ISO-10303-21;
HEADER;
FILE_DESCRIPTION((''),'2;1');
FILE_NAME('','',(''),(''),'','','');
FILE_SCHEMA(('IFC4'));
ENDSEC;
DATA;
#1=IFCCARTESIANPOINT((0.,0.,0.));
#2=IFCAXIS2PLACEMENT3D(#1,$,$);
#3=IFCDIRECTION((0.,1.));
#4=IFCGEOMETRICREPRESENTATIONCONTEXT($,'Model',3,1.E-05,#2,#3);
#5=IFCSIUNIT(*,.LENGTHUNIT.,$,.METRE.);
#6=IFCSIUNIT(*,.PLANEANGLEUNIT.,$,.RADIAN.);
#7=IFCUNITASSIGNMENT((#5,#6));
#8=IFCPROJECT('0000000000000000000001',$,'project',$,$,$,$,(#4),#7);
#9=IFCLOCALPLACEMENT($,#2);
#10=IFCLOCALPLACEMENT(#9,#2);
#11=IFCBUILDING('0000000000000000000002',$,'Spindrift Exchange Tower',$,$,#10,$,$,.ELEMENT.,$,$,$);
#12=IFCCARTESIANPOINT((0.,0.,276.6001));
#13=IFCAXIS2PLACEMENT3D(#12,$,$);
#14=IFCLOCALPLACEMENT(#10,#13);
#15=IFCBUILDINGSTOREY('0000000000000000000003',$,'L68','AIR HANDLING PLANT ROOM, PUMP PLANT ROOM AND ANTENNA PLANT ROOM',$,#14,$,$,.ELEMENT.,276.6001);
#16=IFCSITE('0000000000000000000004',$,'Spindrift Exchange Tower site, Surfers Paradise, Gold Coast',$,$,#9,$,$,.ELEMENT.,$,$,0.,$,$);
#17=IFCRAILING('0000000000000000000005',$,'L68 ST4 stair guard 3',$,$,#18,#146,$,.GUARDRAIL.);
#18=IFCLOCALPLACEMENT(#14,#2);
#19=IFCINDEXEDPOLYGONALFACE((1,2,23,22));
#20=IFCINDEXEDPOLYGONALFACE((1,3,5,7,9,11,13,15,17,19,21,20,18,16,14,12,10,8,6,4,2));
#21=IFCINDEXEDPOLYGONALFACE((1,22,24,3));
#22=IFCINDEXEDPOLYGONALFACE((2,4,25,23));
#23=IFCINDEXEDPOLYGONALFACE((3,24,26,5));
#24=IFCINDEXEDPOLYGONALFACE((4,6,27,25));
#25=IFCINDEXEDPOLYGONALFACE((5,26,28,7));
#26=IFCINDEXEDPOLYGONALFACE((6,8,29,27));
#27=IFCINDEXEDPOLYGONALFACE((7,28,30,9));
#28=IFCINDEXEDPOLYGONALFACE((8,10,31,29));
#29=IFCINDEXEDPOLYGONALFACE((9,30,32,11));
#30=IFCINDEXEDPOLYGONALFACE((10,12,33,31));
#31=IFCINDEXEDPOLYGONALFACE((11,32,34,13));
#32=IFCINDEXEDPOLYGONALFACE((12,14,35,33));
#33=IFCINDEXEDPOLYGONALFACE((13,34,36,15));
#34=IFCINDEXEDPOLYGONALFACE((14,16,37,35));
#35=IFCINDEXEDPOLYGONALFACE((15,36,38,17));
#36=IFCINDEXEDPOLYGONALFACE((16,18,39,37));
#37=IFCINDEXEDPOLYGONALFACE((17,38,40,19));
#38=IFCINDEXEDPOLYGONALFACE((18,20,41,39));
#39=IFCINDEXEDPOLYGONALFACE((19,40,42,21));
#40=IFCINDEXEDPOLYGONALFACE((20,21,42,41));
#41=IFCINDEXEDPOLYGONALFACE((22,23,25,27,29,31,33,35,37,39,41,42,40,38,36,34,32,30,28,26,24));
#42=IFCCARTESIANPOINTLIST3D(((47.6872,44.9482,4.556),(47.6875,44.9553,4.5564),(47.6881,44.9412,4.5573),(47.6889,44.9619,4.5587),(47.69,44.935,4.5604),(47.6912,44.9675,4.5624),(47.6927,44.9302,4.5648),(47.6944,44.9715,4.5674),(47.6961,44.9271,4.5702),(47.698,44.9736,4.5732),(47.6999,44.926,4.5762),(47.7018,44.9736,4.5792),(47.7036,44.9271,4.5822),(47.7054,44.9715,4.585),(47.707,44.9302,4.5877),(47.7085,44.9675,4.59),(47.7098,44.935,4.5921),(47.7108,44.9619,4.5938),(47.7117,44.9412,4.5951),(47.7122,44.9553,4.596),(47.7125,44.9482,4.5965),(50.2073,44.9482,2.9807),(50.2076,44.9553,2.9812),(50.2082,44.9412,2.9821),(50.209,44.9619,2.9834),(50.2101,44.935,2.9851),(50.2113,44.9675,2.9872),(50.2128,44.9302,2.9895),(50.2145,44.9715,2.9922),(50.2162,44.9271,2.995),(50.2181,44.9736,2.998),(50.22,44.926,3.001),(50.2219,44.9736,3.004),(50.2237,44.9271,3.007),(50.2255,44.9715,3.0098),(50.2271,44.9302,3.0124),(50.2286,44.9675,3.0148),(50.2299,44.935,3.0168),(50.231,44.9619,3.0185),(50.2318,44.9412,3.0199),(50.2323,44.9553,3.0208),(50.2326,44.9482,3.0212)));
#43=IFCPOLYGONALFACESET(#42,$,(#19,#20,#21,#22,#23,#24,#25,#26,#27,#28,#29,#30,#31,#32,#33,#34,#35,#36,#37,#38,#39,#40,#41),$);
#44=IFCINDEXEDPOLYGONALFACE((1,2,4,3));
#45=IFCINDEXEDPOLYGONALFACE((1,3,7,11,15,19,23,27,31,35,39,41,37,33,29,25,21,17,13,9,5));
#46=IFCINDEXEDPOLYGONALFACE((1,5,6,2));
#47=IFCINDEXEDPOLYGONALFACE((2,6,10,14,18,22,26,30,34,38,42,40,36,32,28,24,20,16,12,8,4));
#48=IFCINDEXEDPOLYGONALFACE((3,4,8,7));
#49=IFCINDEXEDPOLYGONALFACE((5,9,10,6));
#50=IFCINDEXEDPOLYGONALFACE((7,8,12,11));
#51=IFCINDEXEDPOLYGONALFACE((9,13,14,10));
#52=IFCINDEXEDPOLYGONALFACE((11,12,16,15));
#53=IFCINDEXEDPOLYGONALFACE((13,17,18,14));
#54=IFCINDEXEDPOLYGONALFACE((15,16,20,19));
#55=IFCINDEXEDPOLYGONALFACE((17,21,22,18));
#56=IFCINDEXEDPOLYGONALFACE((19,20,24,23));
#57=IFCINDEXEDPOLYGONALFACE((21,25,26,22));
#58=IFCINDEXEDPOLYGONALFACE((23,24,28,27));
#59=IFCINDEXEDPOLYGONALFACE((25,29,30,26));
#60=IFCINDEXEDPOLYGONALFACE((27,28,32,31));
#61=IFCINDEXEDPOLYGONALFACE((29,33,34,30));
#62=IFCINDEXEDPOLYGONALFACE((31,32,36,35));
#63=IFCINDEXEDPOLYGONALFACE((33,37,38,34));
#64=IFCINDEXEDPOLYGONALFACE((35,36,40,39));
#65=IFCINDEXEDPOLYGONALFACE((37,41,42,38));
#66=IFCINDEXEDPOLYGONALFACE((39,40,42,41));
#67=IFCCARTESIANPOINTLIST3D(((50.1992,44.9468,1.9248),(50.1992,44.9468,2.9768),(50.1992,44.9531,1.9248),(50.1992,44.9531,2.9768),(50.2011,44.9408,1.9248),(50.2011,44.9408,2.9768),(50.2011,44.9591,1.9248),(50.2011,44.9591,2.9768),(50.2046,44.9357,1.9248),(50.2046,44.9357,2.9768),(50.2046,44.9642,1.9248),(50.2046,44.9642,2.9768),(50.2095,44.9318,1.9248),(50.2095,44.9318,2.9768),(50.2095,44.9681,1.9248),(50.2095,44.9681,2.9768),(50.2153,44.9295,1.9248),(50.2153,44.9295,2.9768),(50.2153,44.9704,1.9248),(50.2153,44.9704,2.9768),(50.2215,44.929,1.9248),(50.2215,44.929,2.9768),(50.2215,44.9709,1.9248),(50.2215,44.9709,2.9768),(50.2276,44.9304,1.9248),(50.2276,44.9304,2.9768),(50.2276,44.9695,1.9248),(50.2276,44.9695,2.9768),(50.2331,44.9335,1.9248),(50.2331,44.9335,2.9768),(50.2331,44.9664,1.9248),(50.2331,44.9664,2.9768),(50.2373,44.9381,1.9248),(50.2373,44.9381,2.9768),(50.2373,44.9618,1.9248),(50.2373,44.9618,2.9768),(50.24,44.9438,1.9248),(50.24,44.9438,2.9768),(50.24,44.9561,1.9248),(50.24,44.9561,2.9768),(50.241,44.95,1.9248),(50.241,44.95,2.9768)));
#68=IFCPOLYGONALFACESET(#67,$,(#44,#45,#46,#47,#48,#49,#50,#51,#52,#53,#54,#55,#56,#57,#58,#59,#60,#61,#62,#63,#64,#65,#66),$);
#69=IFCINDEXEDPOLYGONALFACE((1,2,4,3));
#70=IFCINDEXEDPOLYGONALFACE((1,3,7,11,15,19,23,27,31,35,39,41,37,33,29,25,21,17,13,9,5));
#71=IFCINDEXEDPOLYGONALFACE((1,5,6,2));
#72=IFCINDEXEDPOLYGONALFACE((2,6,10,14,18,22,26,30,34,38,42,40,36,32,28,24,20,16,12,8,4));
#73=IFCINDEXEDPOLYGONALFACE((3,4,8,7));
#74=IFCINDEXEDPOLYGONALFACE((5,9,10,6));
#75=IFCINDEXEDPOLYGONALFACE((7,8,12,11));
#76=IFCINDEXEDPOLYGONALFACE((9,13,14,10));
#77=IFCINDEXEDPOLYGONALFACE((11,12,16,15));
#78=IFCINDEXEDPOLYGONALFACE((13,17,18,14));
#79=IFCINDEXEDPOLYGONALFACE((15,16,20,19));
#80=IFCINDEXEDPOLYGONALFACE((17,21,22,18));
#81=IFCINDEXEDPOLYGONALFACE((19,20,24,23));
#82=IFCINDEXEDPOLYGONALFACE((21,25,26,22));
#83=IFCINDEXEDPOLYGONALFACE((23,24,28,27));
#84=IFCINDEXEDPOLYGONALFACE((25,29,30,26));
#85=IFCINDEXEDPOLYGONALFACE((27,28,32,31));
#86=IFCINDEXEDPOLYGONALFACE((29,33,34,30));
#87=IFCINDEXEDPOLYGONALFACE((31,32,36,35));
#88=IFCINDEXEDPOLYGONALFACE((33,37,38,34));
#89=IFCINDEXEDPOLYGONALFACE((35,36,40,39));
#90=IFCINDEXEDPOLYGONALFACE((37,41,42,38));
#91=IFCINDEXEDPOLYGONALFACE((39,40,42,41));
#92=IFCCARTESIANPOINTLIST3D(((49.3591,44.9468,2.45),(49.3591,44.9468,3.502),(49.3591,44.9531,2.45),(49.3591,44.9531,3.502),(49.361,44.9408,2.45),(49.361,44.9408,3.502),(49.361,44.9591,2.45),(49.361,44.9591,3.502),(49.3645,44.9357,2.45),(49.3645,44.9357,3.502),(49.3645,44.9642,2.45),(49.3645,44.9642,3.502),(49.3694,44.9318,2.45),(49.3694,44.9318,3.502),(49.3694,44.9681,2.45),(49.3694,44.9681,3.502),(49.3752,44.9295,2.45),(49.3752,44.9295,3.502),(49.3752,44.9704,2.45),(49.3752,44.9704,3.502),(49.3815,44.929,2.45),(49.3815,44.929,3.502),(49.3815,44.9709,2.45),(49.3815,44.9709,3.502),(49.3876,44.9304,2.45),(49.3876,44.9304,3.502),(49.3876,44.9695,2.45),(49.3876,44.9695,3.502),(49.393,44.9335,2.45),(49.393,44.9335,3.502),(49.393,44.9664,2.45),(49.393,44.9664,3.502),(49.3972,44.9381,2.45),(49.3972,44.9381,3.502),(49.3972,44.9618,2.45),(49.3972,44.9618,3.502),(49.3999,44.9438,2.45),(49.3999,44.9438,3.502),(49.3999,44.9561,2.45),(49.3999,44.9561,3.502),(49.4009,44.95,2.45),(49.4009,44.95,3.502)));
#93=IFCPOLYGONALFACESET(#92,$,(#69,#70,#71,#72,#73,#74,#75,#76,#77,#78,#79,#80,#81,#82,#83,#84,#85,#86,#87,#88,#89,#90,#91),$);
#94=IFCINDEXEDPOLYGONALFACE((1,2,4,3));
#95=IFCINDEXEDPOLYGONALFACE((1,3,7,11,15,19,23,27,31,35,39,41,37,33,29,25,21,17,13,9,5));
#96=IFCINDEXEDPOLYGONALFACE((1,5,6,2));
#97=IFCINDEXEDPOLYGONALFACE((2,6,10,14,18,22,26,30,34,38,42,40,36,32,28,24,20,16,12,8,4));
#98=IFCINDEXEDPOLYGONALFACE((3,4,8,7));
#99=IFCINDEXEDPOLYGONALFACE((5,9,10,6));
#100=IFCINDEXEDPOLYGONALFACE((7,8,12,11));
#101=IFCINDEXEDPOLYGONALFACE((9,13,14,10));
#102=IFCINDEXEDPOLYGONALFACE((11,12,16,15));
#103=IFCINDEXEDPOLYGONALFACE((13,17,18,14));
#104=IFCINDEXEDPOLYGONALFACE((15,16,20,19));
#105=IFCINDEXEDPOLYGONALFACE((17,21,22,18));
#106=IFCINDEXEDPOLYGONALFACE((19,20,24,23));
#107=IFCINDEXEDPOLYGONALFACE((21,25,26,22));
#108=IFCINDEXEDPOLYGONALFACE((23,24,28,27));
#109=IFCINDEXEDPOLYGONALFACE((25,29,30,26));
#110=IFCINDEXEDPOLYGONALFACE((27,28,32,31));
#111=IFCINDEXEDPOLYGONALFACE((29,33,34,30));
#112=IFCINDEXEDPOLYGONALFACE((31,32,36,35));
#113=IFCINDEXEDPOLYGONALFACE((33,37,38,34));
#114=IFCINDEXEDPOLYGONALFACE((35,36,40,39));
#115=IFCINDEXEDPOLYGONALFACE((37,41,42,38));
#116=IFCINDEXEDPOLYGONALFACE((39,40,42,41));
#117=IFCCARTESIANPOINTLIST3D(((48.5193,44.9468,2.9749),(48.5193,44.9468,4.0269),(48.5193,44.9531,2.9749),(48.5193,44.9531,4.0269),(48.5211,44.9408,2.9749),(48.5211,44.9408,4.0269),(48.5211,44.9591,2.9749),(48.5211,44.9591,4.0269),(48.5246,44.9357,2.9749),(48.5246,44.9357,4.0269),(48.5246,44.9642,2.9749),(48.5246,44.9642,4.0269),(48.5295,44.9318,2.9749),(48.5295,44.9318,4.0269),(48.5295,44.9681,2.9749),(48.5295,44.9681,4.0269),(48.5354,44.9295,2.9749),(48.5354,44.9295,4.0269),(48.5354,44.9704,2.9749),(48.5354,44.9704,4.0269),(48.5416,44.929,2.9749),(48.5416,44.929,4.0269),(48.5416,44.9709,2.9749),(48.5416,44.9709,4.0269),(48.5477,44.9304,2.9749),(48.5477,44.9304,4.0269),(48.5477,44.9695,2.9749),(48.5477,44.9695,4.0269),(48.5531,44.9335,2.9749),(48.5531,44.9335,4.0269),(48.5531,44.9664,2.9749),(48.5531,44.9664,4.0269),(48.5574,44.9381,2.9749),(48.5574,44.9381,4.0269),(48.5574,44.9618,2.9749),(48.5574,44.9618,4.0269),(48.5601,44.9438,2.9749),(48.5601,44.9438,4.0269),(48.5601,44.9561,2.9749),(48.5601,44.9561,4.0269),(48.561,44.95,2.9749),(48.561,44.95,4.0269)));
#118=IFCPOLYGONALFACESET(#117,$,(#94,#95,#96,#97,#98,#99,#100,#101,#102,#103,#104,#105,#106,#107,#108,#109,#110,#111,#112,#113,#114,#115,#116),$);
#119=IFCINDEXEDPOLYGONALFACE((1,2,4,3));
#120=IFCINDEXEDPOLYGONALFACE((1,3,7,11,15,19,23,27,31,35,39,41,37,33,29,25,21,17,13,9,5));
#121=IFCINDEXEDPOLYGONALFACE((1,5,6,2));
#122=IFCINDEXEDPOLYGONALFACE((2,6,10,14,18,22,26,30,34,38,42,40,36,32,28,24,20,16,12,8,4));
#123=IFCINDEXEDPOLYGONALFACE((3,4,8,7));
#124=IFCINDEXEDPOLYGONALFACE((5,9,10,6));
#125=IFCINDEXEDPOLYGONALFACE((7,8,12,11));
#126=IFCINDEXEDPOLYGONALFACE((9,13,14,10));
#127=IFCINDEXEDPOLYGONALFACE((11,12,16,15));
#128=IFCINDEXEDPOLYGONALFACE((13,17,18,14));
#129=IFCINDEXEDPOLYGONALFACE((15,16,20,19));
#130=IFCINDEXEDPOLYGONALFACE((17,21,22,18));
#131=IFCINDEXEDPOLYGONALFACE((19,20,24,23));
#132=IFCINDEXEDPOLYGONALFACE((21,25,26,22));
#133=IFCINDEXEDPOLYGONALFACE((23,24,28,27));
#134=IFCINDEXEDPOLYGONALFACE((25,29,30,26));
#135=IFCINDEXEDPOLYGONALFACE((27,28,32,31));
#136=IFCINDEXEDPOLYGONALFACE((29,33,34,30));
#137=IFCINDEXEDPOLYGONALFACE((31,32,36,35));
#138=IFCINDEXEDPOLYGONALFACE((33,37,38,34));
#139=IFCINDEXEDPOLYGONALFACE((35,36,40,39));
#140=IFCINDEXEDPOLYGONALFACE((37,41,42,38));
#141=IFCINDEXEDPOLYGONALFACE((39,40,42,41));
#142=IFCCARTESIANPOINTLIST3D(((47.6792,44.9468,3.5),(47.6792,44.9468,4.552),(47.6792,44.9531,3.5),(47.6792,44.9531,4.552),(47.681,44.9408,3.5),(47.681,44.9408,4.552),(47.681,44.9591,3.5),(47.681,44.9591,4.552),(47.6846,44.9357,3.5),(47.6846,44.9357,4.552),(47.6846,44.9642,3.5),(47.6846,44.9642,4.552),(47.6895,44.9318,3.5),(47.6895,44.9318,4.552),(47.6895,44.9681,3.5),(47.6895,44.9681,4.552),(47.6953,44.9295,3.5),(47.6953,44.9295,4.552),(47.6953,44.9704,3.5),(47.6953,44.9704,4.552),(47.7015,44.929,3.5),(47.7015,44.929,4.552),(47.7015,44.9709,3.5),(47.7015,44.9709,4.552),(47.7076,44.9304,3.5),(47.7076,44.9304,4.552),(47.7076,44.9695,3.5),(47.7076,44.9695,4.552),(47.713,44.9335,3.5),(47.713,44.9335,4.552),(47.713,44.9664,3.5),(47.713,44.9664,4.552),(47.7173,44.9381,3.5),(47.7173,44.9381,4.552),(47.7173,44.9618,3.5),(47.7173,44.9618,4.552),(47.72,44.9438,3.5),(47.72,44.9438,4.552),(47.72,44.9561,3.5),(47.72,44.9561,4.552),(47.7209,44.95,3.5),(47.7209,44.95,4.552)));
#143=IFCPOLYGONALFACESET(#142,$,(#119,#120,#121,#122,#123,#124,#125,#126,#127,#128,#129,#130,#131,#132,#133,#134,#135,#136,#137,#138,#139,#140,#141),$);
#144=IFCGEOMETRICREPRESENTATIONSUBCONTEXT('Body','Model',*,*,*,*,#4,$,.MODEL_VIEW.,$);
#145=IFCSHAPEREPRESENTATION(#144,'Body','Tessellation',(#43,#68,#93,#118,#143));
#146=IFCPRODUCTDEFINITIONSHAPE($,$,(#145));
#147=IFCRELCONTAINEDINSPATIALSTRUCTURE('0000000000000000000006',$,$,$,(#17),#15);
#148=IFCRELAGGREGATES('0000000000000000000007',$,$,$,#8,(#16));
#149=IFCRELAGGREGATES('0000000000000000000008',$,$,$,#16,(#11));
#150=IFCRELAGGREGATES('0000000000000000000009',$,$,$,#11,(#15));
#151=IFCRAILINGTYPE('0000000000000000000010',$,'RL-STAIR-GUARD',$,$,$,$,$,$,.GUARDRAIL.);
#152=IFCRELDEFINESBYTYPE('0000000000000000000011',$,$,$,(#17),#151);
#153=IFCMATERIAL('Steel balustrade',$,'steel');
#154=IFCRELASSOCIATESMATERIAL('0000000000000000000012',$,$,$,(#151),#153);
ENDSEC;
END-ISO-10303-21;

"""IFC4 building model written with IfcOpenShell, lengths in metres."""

from ifc_helpers import new_model, si_unit, direction, frame, origin, origin_2d, place, context, subcontext, project, spatial, circle, extrude, material, type_object, element, save


model = new_model("IFC4")

# Units and contexts
model_context = context("Model", 3, precision=1e-05, world=origin(), true_north=direction((0.0, 1.0)))
body_context = subcontext(model_context, "Body", "Model", "MODEL_VIEW")
ifc_project = project(units=[si_unit("LENGTHUNIT", "METRE"), si_unit("PLANEANGLEUNIT", "RADIAN")], contexts=[model_context])

# Site, building, storey
site_placement = place(None, origin())
site = spatial("IfcSite", under=ifc_project, at=site_placement, Name="Spindrift Exchange Tower site, Surfers Paradise, Gold Coast", CompositionType="ELEMENT", RefElevation=0.0)
building_placement = place(site_placement, origin())
building = spatial("IfcBuilding", under=site, at=building_placement, Name="Spindrift Exchange Tower", CompositionType="ELEMENT")
storey_placement = place(building_placement, frame((0.0, 0.0, 276.6001)))
storey = spatial("IfcBuildingStorey", under=building, at=storey_placement, Name="L68", Description="AIR HANDLING PLANT ROOM, PUMP PLANT ROOM AND ANTENNA PLANT ROOM", CompositionType="ELEMENT", Elevation=276.6001)

# Railing
ifc_material_1 = material(Name="Steel balustrade", Category="steel")
railing_type_1 = type_object("IfcRailingType", Name="RL-STAIR-GUARD", PredefinedType="GUARDRAIL", material=ifc_material_1)
railing_1_placement = place(storey_placement, frame((50.22, 44.95, 1.9248)))
element("IfcRailing", 1, at=railing_1_placement, inside=storey, type_object=railing_type_1, Name="L68 ST4 stair guard 3", PredefinedType="GUARDRAIL", context=body_context, shape_type="SweptSolid", body=[
    extrude(circle(Radius=0.0239, at=origin_2d()), frame((0.0, 0.0, 1.0762), z_axis=(-0.847971, 0.0, 0.530043), x_axis=(0.0, -1.0, 0.0)), (0.0, 0.0, 1.0), 2.9719),
    extrude(circle(Radius=0.021, at=origin_2d()), origin(), (0.0, 0.0, 1.0), 1.052),
    extrude(circle(Radius=0.021, at=origin_2d()), frame((-0.8401, 0.0, 0.5251)), (0.0, 0.0, 1.0), 1.052),
    extrude(circle(Radius=0.021, at=origin_2d()), frame((-1.6799, 0.0, 1.05)), (0.0, 0.0, 1.0), 1.052),
    extrude(circle(Radius=0.021, at=origin_2d()), frame((-2.52, 0.0, 1.5752)), (0.0, 0.0, 1.0), 1.052),
])

save(model, "model.ifc")
